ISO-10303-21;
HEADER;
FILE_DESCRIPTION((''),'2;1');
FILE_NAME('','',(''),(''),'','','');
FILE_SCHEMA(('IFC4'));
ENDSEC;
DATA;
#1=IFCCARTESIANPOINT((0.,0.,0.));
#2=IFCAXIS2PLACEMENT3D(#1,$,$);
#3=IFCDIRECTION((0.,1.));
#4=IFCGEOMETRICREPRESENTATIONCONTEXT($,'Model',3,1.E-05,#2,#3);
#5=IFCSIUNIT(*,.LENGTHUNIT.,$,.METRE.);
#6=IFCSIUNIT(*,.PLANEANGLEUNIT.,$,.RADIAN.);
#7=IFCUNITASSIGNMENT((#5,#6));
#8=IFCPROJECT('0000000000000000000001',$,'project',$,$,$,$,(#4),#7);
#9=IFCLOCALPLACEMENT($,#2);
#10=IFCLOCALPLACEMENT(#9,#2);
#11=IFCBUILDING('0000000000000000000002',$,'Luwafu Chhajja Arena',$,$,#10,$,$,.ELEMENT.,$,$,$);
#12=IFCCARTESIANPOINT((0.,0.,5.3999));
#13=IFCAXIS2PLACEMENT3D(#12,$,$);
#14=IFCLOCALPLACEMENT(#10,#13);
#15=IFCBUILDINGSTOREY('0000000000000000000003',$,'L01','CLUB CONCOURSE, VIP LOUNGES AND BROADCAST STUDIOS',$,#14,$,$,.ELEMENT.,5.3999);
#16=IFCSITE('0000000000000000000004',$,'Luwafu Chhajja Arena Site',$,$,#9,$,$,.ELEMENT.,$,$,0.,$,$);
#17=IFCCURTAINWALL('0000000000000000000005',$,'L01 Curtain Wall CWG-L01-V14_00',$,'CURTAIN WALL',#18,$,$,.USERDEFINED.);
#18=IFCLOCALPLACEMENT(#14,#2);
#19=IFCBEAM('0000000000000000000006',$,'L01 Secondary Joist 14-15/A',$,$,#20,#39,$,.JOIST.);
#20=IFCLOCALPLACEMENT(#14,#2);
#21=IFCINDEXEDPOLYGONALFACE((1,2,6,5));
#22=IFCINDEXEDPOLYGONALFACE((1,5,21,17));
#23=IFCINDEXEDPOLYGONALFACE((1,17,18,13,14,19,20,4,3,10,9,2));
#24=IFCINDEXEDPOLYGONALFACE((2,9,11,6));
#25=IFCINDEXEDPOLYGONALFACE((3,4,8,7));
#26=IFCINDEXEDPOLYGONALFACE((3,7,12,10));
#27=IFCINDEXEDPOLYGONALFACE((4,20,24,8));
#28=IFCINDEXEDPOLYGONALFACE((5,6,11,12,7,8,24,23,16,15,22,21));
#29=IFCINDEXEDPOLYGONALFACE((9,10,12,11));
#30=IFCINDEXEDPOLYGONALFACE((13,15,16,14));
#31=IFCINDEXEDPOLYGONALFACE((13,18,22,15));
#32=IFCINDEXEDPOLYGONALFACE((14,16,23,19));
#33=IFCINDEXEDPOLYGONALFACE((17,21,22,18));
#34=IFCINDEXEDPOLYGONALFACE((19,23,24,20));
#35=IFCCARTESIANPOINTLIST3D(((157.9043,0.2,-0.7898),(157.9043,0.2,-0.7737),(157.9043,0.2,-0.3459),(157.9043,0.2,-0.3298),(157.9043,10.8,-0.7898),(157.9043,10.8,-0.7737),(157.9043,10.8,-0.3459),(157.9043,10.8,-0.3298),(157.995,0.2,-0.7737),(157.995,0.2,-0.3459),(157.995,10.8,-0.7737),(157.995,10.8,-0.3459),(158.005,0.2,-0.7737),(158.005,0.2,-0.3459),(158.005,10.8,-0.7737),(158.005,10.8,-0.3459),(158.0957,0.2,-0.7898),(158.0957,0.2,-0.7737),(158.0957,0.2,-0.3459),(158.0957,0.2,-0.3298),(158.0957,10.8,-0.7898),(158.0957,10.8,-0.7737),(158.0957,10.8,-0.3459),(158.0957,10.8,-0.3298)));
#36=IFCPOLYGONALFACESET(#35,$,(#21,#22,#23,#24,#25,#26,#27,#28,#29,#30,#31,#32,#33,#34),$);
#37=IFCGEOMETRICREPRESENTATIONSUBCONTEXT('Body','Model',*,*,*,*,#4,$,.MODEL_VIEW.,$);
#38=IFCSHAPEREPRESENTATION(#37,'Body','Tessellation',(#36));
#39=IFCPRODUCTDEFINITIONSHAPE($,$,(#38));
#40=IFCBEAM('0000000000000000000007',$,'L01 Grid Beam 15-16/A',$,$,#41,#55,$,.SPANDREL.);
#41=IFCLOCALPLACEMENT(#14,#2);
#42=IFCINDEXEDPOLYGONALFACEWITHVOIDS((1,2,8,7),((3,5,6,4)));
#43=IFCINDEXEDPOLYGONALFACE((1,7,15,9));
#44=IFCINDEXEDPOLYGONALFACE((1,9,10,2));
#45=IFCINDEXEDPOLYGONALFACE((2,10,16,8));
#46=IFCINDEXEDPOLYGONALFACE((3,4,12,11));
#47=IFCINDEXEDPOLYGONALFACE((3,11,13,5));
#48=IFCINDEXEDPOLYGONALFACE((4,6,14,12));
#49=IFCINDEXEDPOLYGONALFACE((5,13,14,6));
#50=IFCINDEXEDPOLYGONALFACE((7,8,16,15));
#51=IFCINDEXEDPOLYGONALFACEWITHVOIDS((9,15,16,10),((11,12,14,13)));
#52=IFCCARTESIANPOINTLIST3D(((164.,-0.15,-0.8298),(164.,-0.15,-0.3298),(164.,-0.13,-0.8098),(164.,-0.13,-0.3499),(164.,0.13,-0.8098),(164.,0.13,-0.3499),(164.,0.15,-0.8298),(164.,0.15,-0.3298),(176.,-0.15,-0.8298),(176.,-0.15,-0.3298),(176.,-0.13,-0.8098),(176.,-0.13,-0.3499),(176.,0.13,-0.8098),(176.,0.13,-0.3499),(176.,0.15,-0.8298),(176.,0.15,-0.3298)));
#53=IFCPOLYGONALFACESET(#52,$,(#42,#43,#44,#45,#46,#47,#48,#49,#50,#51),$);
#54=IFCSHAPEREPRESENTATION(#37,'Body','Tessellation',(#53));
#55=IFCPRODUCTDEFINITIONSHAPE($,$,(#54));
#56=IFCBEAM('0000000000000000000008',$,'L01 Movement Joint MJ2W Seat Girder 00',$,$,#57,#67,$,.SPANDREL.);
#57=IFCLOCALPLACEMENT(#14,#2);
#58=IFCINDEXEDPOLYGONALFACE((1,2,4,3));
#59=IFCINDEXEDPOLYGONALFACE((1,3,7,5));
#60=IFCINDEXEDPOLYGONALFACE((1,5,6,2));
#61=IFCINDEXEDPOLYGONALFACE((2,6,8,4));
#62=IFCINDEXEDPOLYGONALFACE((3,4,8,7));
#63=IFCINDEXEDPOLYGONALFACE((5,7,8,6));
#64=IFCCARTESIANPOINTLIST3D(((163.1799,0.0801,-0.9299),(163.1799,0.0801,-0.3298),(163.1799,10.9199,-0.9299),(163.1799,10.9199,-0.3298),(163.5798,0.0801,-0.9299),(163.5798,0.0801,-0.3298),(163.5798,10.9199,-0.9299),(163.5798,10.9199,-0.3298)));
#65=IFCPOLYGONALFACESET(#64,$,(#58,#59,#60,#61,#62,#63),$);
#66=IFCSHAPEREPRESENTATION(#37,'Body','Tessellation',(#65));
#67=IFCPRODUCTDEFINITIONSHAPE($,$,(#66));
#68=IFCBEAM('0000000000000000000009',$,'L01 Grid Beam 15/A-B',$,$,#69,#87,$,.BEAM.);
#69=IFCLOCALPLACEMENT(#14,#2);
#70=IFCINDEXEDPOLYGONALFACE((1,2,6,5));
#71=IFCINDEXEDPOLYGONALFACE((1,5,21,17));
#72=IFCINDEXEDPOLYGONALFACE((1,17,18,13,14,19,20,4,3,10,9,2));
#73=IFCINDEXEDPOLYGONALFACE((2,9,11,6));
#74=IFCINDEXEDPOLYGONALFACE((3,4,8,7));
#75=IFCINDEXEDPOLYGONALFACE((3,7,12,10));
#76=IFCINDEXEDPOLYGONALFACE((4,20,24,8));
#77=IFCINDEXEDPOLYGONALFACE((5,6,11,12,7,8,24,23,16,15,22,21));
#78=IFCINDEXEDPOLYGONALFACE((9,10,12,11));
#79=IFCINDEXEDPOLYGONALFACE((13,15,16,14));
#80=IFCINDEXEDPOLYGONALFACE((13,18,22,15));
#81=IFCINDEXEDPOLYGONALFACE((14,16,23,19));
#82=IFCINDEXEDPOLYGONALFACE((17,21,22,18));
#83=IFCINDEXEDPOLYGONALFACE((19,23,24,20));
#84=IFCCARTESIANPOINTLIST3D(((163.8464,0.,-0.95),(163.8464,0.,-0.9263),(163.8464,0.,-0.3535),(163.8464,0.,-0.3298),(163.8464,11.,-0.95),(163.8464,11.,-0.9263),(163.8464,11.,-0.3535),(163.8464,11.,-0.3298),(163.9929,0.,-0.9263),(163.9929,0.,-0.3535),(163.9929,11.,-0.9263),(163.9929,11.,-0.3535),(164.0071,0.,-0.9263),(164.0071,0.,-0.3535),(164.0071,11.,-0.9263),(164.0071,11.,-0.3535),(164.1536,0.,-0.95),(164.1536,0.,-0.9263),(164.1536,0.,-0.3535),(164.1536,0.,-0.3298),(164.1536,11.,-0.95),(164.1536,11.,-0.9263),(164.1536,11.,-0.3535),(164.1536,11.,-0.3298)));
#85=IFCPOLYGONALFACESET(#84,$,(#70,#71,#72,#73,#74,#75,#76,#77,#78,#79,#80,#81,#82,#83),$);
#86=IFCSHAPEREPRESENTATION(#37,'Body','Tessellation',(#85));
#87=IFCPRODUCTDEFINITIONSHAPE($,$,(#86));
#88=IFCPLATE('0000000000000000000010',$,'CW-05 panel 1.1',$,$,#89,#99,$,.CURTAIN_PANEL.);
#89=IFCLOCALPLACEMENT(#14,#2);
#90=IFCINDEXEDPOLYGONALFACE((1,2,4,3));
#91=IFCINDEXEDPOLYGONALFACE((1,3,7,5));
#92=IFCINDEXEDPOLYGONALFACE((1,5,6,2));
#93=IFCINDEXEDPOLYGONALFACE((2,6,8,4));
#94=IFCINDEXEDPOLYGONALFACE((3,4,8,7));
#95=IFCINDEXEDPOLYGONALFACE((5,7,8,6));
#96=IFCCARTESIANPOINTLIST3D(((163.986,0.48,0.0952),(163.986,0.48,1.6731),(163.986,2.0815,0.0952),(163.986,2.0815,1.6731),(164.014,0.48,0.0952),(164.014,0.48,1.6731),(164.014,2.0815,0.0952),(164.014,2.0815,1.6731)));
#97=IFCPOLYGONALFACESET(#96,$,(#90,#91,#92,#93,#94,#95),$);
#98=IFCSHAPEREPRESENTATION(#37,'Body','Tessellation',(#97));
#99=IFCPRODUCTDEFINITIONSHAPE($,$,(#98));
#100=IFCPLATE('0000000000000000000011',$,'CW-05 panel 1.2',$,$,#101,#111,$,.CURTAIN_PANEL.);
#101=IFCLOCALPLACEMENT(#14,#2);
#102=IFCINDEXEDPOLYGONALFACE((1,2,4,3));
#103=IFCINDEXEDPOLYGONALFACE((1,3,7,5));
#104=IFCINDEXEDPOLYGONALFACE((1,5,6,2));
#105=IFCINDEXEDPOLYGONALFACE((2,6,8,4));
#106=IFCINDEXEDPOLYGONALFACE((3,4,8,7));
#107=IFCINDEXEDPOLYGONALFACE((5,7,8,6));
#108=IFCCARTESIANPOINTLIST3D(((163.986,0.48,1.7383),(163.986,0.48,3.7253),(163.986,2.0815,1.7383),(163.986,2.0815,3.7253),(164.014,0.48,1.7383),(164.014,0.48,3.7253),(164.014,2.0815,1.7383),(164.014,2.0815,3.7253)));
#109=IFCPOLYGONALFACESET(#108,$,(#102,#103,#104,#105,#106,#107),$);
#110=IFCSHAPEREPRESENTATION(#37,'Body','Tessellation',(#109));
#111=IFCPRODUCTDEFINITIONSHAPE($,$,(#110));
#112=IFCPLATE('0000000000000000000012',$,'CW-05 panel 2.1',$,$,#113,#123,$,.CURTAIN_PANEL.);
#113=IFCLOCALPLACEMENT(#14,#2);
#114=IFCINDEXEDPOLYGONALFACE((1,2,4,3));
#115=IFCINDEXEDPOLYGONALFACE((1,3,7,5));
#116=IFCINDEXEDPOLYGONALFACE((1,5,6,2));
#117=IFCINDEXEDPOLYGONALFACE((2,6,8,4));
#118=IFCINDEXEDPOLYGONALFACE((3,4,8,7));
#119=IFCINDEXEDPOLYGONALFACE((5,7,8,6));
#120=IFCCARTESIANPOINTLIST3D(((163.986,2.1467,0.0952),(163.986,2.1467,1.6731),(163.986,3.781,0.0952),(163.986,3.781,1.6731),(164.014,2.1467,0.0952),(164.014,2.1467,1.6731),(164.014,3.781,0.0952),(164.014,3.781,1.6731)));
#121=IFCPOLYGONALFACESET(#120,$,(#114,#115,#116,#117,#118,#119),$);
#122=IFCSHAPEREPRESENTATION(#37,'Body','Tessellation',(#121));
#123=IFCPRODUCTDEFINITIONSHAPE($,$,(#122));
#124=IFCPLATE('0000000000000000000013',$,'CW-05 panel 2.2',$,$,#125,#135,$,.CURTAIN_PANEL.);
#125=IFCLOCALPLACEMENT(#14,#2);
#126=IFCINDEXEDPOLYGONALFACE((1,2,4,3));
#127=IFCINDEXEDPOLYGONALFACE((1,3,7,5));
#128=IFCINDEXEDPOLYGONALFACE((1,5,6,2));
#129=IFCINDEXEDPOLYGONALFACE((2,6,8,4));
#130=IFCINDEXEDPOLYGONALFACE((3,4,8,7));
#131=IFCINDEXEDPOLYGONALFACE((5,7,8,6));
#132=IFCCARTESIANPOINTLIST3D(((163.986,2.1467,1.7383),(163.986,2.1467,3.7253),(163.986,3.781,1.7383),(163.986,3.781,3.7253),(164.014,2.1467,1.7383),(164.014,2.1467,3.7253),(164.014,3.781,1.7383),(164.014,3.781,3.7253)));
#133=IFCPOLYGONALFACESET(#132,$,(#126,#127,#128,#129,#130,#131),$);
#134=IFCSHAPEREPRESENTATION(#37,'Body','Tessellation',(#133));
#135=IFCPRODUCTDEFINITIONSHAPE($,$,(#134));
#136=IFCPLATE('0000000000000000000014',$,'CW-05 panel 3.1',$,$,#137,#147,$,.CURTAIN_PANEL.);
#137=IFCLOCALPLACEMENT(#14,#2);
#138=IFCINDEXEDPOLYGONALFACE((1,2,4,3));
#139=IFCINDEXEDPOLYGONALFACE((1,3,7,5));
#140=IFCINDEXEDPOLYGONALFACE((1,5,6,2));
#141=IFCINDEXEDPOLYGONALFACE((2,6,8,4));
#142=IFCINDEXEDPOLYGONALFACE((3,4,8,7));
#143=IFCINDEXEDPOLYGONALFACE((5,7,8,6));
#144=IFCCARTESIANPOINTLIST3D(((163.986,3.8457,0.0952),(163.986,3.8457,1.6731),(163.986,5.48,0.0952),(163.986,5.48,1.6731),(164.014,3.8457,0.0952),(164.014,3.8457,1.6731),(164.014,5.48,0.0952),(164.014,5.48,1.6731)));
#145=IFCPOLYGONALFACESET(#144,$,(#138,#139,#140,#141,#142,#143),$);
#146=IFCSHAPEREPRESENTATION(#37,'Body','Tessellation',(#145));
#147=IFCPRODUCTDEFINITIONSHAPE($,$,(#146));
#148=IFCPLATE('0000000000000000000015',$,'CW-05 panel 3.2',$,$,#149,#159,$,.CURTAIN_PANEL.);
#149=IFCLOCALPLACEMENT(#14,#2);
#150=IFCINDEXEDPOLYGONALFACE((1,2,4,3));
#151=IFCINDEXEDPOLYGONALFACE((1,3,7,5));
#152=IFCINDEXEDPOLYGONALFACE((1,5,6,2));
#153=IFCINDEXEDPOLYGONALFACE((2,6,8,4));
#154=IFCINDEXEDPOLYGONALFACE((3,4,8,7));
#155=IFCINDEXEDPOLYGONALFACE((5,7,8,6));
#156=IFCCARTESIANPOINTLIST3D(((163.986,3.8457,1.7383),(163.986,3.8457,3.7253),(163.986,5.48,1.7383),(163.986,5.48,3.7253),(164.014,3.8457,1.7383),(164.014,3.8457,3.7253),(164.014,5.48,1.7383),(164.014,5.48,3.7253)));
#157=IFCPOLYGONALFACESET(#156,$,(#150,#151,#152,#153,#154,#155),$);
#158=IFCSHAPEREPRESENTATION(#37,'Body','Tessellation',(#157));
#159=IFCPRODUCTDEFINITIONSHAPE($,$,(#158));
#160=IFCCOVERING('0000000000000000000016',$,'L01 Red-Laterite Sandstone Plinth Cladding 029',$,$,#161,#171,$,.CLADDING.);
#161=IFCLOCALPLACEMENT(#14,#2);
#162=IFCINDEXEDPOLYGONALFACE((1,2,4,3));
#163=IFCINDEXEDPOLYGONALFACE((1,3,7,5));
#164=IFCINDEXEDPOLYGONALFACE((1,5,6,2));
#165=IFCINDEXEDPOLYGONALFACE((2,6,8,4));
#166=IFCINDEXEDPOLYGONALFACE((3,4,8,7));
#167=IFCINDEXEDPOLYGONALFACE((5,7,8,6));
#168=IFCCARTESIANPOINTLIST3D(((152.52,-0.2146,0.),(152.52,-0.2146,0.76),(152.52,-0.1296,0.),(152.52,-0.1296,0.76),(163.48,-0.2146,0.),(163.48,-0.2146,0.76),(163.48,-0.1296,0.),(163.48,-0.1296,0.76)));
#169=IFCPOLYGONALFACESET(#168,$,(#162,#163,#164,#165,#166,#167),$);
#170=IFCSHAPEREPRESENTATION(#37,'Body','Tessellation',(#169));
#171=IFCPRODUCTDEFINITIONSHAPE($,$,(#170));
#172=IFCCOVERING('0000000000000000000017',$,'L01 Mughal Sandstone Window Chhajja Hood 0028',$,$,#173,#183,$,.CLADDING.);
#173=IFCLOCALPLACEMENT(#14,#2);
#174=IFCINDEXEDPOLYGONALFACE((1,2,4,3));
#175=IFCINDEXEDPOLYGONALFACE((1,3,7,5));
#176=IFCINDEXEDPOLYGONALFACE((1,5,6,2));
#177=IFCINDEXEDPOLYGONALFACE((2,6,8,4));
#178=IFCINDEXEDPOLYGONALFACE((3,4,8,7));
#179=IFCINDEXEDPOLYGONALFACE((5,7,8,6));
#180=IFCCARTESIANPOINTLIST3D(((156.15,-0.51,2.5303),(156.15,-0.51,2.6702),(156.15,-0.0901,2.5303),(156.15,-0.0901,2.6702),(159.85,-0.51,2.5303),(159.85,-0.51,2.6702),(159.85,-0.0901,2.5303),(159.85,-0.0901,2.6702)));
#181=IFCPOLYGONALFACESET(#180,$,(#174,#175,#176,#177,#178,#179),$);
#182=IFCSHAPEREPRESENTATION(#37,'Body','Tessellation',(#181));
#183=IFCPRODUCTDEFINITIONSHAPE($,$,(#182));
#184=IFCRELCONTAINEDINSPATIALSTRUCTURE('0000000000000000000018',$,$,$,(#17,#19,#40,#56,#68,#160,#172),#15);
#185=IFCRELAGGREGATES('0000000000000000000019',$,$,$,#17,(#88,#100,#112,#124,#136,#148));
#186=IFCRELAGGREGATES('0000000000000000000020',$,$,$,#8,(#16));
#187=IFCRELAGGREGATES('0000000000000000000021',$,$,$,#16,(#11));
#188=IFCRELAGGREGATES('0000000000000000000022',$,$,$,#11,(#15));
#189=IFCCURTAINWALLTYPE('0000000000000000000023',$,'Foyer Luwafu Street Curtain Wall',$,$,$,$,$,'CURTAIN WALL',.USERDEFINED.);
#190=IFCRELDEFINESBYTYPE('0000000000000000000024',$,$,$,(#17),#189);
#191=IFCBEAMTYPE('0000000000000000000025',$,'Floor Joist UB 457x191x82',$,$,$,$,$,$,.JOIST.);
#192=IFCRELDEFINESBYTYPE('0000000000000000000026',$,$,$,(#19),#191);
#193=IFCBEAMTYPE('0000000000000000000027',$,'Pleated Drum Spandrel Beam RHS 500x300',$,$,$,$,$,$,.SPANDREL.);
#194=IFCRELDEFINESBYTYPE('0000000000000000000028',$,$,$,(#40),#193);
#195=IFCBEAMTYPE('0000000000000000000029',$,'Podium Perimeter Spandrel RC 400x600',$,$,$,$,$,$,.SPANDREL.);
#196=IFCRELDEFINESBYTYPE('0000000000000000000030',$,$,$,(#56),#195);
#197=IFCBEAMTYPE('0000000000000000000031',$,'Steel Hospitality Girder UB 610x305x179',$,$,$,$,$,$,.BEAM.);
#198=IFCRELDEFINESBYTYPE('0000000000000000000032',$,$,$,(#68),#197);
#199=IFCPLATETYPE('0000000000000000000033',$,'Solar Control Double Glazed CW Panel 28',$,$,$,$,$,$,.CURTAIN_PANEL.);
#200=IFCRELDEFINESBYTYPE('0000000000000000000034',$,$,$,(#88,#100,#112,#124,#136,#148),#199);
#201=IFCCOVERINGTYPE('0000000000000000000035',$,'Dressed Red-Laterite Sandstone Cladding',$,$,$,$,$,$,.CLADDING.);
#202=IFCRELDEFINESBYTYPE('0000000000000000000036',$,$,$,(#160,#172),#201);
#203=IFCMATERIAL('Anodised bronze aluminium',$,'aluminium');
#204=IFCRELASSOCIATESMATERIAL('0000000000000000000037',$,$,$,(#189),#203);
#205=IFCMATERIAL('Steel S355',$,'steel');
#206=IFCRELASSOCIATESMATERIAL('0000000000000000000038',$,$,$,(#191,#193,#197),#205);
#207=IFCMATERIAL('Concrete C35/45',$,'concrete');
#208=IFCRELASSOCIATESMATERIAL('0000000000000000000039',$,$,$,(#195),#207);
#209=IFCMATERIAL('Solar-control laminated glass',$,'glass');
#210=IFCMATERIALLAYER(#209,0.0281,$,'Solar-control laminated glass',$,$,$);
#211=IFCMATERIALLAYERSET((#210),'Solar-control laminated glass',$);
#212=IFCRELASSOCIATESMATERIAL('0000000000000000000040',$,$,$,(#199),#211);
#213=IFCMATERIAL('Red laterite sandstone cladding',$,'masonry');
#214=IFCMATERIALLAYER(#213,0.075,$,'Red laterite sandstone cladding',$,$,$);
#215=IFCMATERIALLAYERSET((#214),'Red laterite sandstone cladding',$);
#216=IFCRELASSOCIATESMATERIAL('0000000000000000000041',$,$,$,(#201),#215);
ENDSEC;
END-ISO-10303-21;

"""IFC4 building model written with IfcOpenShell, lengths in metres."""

from ifc_helpers import new_model, si_unit, direction, frame, origin, origin_2d, place, context, subcontext, project, spatial, rectangle, hollow_rectangle, i_section, extrude, material, layer, layer_set, material_profile, profile_set, type_object, element, aggregate, save


model = new_model("IFC4")

# Units and contexts
model_context = context("Model", 3, precision=1e-05, world=origin(), true_north=direction((0.0, 1.0)))
body_context = subcontext(model_context, "Body", "Model", "MODEL_VIEW")
ifc_project = project(units=[si_unit("LENGTHUNIT", "METRE"), si_unit("PLANEANGLEUNIT", "RADIAN")], contexts=[model_context])

# Site, building, storey
site_placement = place(None, origin())
site = spatial("IfcSite", under=ifc_project, at=site_placement, Name="Luwafu Chhajja Arena Site", CompositionType="ELEMENT", RefElevation=0.0)
building_placement = place(site_placement, origin())
building = spatial("IfcBuilding", under=site, at=building_placement, Name="Luwafu Chhajja Arena", CompositionType="ELEMENT")
storey_placement = place(building_placement, frame((0.0, 0.0, 5.3999)))
storey = spatial("IfcBuildingStorey", under=building, at=storey_placement, Name="L01", Description="CLUB CONCOURSE, VIP LOUNGES AND BROADCAST STUDIOS", CompositionType="ELEMENT", Elevation=5.3999)

# Shared definitions
ifc_material_1 = material(Name="Concrete C35/45", Category="concrete")

# Curtain wall
ifc_material_2 = material(Name="Anodised bronze aluminium", Category="aluminium")
curtain_wall_type = type_object("IfcCurtainWallType", Name="Foyer Luwafu Street Curtain Wall", ElementType="CURTAIN WALL", PredefinedType="USERDEFINED", material=ifc_material_2)
curtain_wall_placement = place(storey_placement, origin())
curtain_wall = element("IfcCurtainWall", 1, at=curtain_wall_placement, inside=storey, type_object=curtain_wall_type, Name="L01 Curtain Wall CWG-L01-V14_00", ObjectType="CURTAIN WALL", PredefinedType="USERDEFINED")

# Beams
ifc_material_3 = material(Name="Steel S355", Category="steel")
ifc_material_profile_1 = material_profile(ifc_material_3, i_section(OverallWidth=0.1914, OverallDepth=0.46, WebThickness=0.01, FlangeThickness=0.0161, at=origin_2d()), Name="UB 457x191x82")
ifc_profile_set_1 = profile_set([ifc_material_profile_1], Name="Steel S355")
beam_type_1 = type_object("IfcBeamType", Name="Floor Joist UB 457x191x82", PredefinedType="JOIST", material=ifc_profile_set_1)
beam_1_placement = place(storey_placement, frame((158.0, 0.2, -0.5598), z_axis=(0.0, 1.0, 0.0), x_axis=(-1.0, 0.0, 0.0)))
element("IfcBeam", 2, at=beam_1_placement, inside=storey, type_object=beam_type_1, Name="L01 Secondary Joist 14-15/A", PredefinedType="JOIST", context=body_context, shape_type="SweptSolid", body=[
    extrude(i_section(OverallWidth=0.1914, OverallDepth=0.46, WebThickness=0.01, FlangeThickness=0.0161, at=origin_2d()), origin(), (0.0, 0.0, 1.0), 10.6001),
])
ifc_material_profile_2 = material_profile(ifc_material_3, hollow_rectangle(XDim=0.3, YDim=0.5, WallThickness=0.02, at=origin_2d()), Name="RHS 500x300x20")
ifc_profile_set_2 = profile_set([ifc_material_profile_2], Name="Steel S355")
beam_type_2 = type_object("IfcBeamType", Name="Pleated Drum Spandrel Beam RHS 500x300", PredefinedType="SPANDREL", material=ifc_profile_set_2)
beam_2_placement = place(storey_placement, frame((164.0, 0.0, -0.5798), z_axis=(1.0, 0.0, 0.0), x_axis=(0.0, 1.0, 0.0)))
element("IfcBeam", 3, at=beam_2_placement, inside=storey, type_object=beam_type_2, Name="L01 Grid Beam 15-16/A", PredefinedType="SPANDREL", context=body_context, shape_type="SweptSolid", body=[
    extrude(hollow_rectangle(XDim=0.3, YDim=0.5, WallThickness=0.02, at=origin_2d()), origin(), (0.0, 0.0, 1.0), 12.0),
])
ifc_material_profile_3 = material_profile(ifc_material_1, rectangle(XDim=0.3999, YDim=0.6001, at=origin_2d()), Name="RC 400x600")
ifc_profile_set_3 = profile_set([ifc_material_profile_3], Name="Concrete C35/45")
beam_type_3 = type_object("IfcBeamType", Name="Podium Perimeter Spandrel RC 400x600", PredefinedType="SPANDREL", material=ifc_profile_set_3)
beam_3_placement = place(storey_placement, frame((163.3799, 0.0801, -0.6299), z_axis=(0.0, 1.0, 0.0), x_axis=(-1.0, 0.0, 0.0)))
element("IfcBeam", 4, at=beam_3_placement, inside=storey, type_object=beam_type_3, Name="L01 Movement Joint MJ2W Seat Girder 00", PredefinedType="SPANDREL", context=body_context, shape_type="SweptSolid", body=[
    extrude(rectangle(XDim=0.3999, YDim=0.6001, at=origin_2d()), origin(), (0.0, 0.0, 1.0), 10.8398),
])
ifc_material_profile_4 = material_profile(ifc_material_3, i_section(OverallWidth=0.3071, OverallDepth=0.6201, WebThickness=0.0142, FlangeThickness=0.0237, at=origin_2d()), Name="UB 610x305x179")
ifc_profile_set_4 = profile_set([ifc_material_profile_4], Name="Steel S355")
beam_type_4 = type_object("IfcBeamType", Name="Steel Hospitality Girder UB 610x305x179", PredefinedType="BEAM", material=ifc_profile_set_4)
beam_4_placement = place(storey_placement, frame((164.0, 0.0, -0.6399), z_axis=(0.0, 1.0, 0.0), x_axis=(-1.0, 0.0, 0.0)))
element("IfcBeam", 5, at=beam_4_placement, inside=storey, type_object=beam_type_4, Name="L01 Grid Beam 15/A-B", PredefinedType="BEAM", context=body_context, shape_type="SweptSolid", body=[
    extrude(i_section(OverallWidth=0.3071, OverallDepth=0.6201, WebThickness=0.0142, FlangeThickness=0.0237, at=origin_2d()), origin(), (0.0, 0.0, 1.0), 11.0),
])

# Plates
ifc_material_4 = material(Name="Solar-control laminated glass", Category="glass")
ifc_layer_1 = layer(ifc_material_4, 0.0281, Name="Solar-control laminated glass")
ifc_layer_set_1 = layer_set([ifc_layer_1], Name="Solar-control laminated glass")
plate_type = type_object("IfcPlateType", Name="Solar Control Double Glazed CW Panel 28", PredefinedType="CURTAIN_PANEL", material=ifc_layer_set_1)
plate_1_placement = place(storey_placement, frame((164.0, 1.2808, 0.0952), z_axis=(0.0, 0.0, 1.0), x_axis=(0.0, 1.0, 0.0)))
plate_1 = element("IfcPlate", 6, at=plate_1_placement, type_object=plate_type, Name="CW-05 panel 1.1", PredefinedType="CURTAIN_PANEL", context=body_context, shape_type="SweptSolid", body=[
    extrude(rectangle(XDim=1.6016, YDim=0.0281, at=origin_2d()), origin(), (0.0, 0.0, 1.0), 1.5779),
])
plate_2_placement = place(storey_placement, frame((164.0, 1.2808, 1.7383), z_axis=(0.0, 0.0, 1.0), x_axis=(0.0, 1.0, 0.0)))
plate_2 = element("IfcPlate", 7, at=plate_2_placement, type_object=plate_type, Name="CW-05 panel 1.2", PredefinedType="CURTAIN_PANEL", context=body_context, shape_type="SweptSolid", body=[
    extrude(rectangle(XDim=1.6016, YDim=0.0281, at=origin_2d()), origin(), (0.0, 0.0, 1.0), 1.9871),
])
plate_3_placement = place(storey_placement, frame((164.0, 2.9639, 0.0952), z_axis=(0.0, 0.0, 1.0), x_axis=(0.0, 1.0, 0.0)))
plate_3 = element("IfcPlate", 8, at=plate_3_placement, type_object=plate_type, Name="CW-05 panel 2.1", PredefinedType="CURTAIN_PANEL", context=body_context, shape_type="SweptSolid", body=[
    extrude(rectangle(XDim=1.6343, YDim=0.0281, at=origin_2d()), origin(), (0.0, 0.0, 1.0), 1.5779),
])
plate_4_placement = place(storey_placement, frame((164.0, 2.9639, 1.7383), z_axis=(0.0, 0.0, 1.0), x_axis=(0.0, 1.0, 0.0)))
plate_4 = element("IfcPlate", 9, at=plate_4_placement, type_object=plate_type, Name="CW-05 panel 2.2", PredefinedType="CURTAIN_PANEL", context=body_context, shape_type="SweptSolid", body=[
    extrude(rectangle(XDim=1.6343, YDim=0.0281, at=origin_2d()), origin(), (0.0, 0.0, 1.0), 1.9871),
])
plate_5_placement = place(storey_placement, frame((164.0, 4.6628, 0.0952), z_axis=(0.0, 0.0, 1.0), x_axis=(0.0, 1.0, 0.0)))
plate_5 = element("IfcPlate", 10, at=plate_5_placement, type_object=plate_type, Name="CW-05 panel 3.1", PredefinedType="CURTAIN_PANEL", context=body_context, shape_type="SweptSolid", body=[
    extrude(rectangle(XDim=1.6343, YDim=0.0281, at=origin_2d()), origin(), (0.0, 0.0, 1.0), 1.5779),
])
plate_6_placement = place(storey_placement, frame((164.0, 4.6628, 1.7383), z_axis=(0.0, 0.0, 1.0), x_axis=(0.0, 1.0, 0.0)))
plate_6 = element("IfcPlate", 11, at=plate_6_placement, type_object=plate_type, Name="CW-05 panel 3.2", PredefinedType="CURTAIN_PANEL", context=body_context, shape_type="SweptSolid", body=[
    extrude(rectangle(XDim=1.6343, YDim=0.0281, at=origin_2d()), origin(), (0.0, 0.0, 1.0), 1.9871),
])
aggregate(curtain_wall, [plate_1, plate_2, plate_3, plate_4, plate_5, plate_6])

# Coverings
ifc_material_5 = material(Name="Red laterite sandstone cladding", Category="masonry")
ifc_layer_2 = layer(ifc_material_5, 0.075, Name="Red laterite sandstone cladding")
ifc_layer_set_2 = layer_set([ifc_layer_2], Name="Red laterite sandstone cladding")
covering_type = type_object("IfcCoveringType", Name="Dressed Red-Laterite Sandstone Cladding", PredefinedType="CLADDING", material=ifc_layer_set_2)
covering_1_placement = place(storey_placement, frame((158.0, -0.1721, 0.0), z_axis=(0.0, 0.0, 1.0), x_axis=(1.0, 0.0, 0.0)))
element("IfcCovering", 12, at=covering_1_placement, inside=storey, type_object=covering_type, Name="L01 Red-Laterite Sandstone Plinth Cladding 029", PredefinedType="CLADDING", context=body_context, shape_type="SweptSolid", body=[
    extrude(rectangle(XDim=10.96, YDim=0.085, at=origin_2d()), origin(), (0.0, 0.0, 1.0), 0.76),
])
covering_2_placement = place(storey_placement, frame((158.0, -0.3, 2.5303), z_axis=(0.0, 0.0, 1.0), x_axis=(1.0, 0.0, 0.0)))
element("IfcCovering", 13, at=covering_2_placement, inside=storey, type_object=covering_type, Name="L01 Mughal Sandstone Window Chhajja Hood 0028", PredefinedType="CLADDING", context=body_context, shape_type="SweptSolid", body=[
    extrude(rectangle(XDim=3.7, YDim=0.4199, at=origin_2d()), origin(), (0.0, 0.0, 1.0), 0.1399),
])

save(model, "model.ifc")
